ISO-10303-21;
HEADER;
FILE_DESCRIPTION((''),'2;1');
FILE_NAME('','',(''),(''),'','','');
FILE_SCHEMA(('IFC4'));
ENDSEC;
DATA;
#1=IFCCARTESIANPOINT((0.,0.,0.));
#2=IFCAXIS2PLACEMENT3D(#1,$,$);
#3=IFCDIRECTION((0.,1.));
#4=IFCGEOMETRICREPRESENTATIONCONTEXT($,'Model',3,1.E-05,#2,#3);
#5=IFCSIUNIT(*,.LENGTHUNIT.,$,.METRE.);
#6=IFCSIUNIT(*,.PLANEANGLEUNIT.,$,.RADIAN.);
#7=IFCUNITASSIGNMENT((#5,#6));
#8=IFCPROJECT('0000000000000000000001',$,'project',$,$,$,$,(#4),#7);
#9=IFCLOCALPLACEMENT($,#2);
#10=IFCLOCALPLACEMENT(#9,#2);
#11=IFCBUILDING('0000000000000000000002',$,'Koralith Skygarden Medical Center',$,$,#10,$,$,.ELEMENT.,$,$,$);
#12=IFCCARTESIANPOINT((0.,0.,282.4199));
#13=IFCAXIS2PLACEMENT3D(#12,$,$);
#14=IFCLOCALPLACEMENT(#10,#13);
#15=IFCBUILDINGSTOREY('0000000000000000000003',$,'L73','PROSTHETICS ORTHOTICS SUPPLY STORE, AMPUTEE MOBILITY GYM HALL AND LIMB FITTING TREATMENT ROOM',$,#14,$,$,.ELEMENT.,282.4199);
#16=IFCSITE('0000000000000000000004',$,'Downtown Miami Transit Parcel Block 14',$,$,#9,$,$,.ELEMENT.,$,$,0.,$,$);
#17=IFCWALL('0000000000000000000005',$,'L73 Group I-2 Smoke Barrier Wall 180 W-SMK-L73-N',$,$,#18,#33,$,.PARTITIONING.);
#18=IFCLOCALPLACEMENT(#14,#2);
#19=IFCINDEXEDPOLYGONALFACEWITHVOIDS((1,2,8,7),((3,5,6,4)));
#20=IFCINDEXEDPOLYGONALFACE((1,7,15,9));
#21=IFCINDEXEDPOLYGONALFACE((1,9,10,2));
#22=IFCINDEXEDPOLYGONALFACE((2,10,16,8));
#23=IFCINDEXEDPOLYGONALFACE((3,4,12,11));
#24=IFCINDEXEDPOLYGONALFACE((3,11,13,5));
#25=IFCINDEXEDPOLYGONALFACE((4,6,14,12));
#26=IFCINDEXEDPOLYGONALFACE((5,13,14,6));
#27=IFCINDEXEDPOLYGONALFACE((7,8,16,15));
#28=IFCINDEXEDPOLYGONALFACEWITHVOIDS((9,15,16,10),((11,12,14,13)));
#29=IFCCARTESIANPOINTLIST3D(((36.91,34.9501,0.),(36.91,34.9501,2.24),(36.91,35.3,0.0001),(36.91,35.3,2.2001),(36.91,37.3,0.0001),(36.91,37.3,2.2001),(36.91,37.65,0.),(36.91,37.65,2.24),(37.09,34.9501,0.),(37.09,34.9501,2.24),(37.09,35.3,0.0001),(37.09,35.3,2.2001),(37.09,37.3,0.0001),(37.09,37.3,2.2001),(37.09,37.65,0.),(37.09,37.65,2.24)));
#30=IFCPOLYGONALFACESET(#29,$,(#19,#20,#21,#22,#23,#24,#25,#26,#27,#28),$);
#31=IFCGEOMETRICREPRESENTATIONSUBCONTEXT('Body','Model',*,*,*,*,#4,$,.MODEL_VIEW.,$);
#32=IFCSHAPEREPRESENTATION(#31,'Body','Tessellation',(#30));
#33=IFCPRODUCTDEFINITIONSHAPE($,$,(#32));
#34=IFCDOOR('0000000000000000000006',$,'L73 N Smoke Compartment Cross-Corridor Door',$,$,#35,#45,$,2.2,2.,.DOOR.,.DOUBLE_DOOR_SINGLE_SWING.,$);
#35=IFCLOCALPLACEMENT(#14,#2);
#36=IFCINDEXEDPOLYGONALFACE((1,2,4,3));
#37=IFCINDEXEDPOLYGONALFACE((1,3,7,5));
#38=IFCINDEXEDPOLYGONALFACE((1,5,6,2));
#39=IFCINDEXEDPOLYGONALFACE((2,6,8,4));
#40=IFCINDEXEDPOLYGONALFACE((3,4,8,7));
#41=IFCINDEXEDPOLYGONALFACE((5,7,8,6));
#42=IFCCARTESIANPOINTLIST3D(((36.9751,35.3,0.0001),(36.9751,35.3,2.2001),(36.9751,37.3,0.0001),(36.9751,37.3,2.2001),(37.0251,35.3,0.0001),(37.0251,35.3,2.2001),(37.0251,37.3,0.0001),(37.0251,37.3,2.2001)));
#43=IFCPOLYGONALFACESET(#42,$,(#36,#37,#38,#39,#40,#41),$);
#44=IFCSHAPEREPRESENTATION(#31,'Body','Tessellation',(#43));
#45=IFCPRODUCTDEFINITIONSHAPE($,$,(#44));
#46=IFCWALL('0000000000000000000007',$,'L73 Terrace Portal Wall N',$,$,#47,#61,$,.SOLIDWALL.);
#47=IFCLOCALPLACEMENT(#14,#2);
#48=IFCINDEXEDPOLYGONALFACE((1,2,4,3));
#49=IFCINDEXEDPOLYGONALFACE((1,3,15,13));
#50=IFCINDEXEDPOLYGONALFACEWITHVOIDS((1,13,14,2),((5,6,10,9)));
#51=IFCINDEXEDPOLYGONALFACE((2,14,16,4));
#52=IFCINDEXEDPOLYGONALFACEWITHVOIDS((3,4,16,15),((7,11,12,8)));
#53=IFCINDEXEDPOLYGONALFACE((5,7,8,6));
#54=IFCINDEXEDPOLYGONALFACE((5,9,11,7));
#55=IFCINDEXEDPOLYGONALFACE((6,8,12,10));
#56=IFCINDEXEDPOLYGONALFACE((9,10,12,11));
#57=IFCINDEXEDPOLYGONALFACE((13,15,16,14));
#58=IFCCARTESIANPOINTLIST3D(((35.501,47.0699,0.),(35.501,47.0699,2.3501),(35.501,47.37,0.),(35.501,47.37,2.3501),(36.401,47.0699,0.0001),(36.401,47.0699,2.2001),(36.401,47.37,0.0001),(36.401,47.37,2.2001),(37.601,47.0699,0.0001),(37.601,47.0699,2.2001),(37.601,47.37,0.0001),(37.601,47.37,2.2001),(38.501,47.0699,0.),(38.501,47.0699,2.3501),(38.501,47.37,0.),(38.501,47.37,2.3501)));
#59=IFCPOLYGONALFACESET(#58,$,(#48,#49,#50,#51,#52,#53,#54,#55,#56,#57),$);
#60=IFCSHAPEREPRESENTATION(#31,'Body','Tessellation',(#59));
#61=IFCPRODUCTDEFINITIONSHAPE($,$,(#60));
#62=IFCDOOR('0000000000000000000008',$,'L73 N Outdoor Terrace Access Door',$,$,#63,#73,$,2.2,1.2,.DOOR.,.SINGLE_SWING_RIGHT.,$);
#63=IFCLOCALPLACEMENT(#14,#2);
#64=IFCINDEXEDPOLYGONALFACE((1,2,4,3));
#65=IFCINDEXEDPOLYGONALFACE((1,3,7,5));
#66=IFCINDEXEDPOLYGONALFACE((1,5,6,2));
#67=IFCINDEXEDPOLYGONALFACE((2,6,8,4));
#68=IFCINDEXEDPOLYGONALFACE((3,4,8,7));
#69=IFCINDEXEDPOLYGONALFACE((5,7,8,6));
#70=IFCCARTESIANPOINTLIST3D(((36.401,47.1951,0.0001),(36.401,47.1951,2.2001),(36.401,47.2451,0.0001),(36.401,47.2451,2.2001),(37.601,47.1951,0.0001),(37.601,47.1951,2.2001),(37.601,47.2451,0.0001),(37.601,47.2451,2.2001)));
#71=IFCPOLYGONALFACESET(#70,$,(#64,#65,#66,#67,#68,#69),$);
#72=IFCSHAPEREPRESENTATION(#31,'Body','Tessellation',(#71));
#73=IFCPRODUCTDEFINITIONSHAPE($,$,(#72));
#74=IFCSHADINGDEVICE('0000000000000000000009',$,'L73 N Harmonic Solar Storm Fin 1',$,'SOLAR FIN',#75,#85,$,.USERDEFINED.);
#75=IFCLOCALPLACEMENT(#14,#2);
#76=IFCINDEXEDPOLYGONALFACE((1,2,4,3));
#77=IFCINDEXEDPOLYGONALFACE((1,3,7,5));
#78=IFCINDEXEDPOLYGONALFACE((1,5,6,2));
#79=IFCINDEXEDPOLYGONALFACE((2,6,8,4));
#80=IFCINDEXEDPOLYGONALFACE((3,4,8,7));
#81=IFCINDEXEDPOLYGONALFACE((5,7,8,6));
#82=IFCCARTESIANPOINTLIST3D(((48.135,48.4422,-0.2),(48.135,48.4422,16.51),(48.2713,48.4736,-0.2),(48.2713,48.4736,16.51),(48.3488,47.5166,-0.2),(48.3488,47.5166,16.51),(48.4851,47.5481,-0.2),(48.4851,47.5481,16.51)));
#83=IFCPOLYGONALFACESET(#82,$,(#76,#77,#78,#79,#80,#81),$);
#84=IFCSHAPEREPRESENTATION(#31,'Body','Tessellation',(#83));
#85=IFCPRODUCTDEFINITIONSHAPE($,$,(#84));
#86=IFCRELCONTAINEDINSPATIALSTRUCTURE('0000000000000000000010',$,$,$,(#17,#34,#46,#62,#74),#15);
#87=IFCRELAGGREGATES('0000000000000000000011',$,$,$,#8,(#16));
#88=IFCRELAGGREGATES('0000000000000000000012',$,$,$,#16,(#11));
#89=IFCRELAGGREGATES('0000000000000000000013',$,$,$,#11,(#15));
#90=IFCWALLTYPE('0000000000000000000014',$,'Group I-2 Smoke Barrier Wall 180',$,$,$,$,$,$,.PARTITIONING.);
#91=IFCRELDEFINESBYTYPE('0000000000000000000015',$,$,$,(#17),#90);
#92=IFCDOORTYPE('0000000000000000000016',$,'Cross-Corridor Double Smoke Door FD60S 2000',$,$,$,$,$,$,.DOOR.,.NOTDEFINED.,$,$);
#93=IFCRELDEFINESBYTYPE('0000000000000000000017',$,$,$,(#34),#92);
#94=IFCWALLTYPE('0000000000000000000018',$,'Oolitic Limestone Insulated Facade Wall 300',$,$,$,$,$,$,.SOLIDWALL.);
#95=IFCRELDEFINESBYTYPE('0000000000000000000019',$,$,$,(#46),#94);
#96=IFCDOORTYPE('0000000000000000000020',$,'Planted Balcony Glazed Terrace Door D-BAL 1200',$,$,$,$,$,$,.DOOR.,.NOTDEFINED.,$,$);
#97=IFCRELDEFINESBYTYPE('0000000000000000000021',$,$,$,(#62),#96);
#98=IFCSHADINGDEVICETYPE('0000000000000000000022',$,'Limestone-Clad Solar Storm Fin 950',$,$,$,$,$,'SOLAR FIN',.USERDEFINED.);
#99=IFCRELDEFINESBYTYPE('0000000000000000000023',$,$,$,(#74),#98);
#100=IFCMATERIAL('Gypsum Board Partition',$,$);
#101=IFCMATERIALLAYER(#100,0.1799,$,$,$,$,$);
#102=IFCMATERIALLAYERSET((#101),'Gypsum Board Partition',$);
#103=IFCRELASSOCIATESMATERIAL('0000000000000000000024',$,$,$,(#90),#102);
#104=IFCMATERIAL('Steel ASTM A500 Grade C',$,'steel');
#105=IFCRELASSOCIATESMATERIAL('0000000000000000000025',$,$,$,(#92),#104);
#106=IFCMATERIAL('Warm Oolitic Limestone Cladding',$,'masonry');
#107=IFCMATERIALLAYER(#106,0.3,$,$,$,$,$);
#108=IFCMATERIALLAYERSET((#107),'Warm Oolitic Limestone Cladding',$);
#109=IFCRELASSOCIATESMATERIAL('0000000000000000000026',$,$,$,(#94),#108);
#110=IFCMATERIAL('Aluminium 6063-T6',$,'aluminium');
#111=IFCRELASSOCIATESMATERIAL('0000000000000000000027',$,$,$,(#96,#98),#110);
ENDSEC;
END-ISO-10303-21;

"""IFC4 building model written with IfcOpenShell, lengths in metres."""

from ifc_helpers import new_model, si_unit, direction, frame, frame_2d, origin, origin_2d, place, context, subcontext, project, spatial, rectangle, extrude, material, layer, layer_set, type_object, element, fill, save


model = new_model("IFC4")

# Units and contexts
model_context = context("Model", 3, precision=1e-05, world=origin(), true_north=direction((0.0, 1.0)))
body_context = subcontext(model_context, "Body", "Model", "MODEL_VIEW")
ifc_project = project(units=[si_unit("LENGTHUNIT", "METRE"), si_unit("PLANEANGLEUNIT", "RADIAN")], contexts=[model_context])

# Site, building, storey
site_placement = place(None, origin())
site = spatial("IfcSite", under=ifc_project, at=site_placement, Name="Downtown Miami Transit Parcel Block 14", CompositionType="ELEMENT", RefElevation=0.0)
building_placement = place(site_placement, origin())
building = spatial("IfcBuilding", under=site, at=building_placement, Name="Koralith Skygarden Medical Center", CompositionType="ELEMENT")
storey_placement = place(building_placement, frame((0.0, 0.0, 282.4199)))
storey = spatial("IfcBuildingStorey", under=building, at=storey_placement, Name="L73", Description="PROSTHETICS ORTHOTICS SUPPLY STORE, AMPUTEE MOBILITY GYM HALL AND LIMB FITTING TREATMENT ROOM", CompositionType="ELEMENT", Elevation=282.4199)

# Shared definitions
ifc_material_1 = material(Name="Aluminium 6063-T6", Category="aluminium")

# Shared definitions
ifc_material_2 = material(Name="Gypsum Board Partition")

# Walls, openings, doors
ifc_layer_1 = layer(ifc_material_2, 0.1799)
ifc_layer_set_1 = layer_set([ifc_layer_1], Name="Gypsum Board Partition")
wall_type_1 = type_object("IfcWallType", Name="Group I-2 Smoke Barrier Wall 180", PredefinedType="PARTITIONING", material=ifc_layer_set_1)
wall_1_placement = place(storey_placement, frame((37.0, 34.95, 0.0), z_axis=(0.0, 0.0, 1.0), x_axis=(0.0, 1.0, 0.0)))
wall_1 = element("IfcWall", 1, at=wall_1_placement, inside=storey, type_object=wall_type_1, Name="L73 Group I-2 Smoke Barrier Wall 180 W-SMK-L73-N", PredefinedType="PARTITIONING", context=body_context, shape_type="SweptSolid", body=[
    extrude(rectangle(XDim=2.7, YDim=0.1799, at=frame_2d((1.3501, 0.0))), origin(), (0.0, 0.0, 1.0), 2.24),
])
opening_1_placement = place(wall_1_placement, frame((0.3501, 0.0, 0.0)))
opening_1 = element("IfcOpeningElement", 2, at=opening_1_placement, cuts=wall_1, PredefinedType="OPENING", context=body_context, shape_type="SweptSolid", body=[
    extrude(rectangle(XDim=2.0, YDim=2.2, at=frame_2d((1.0, 1.1001))), frame((0.0, 0.0999, 0.0), z_axis=(0.0, -1.0, 0.0), x_axis=(1.0, 0.0, 0.0)), (0.0, 0.0, 1.0), 0.2),
])
ifc_material_3 = material(Name="Steel ASTM A500 Grade C", Category="steel")
door_type_1 = type_object("IfcDoorType", Name="Cross-Corridor Double Smoke Door FD60S 2000", OperationType="NOTDEFINED", PredefinedType="DOOR", material=ifc_material_3)
door_1_placement = place(opening_1_placement, origin())
door_1 = element("IfcDoor", 3, at=door_1_placement, inside=storey, type_object=door_type_1, Name="L73 N Smoke Compartment Cross-Corridor Door", OperationType="DOUBLE_DOOR_SINGLE_SWING", OverallHeight=2.2, OverallWidth=2.0, PredefinedType="DOOR", context=body_context, shape_type="SweptSolid", body=[
    extrude(rectangle(XDim=2.0, YDim=2.2, at=frame_2d((1.0, 1.1001))), frame((0.0, 0.0249, 0.0), z_axis=(0.0, -1.0, 0.0), x_axis=(1.0, 0.0, 0.0)), (0.0, 0.0, 1.0), 0.05),
])
fill(opening_1, door_1)
ifc_material_4 = material(Name="Warm Oolitic Limestone Cladding", Category="masonry")
ifc_layer_2 = layer(ifc_material_4, 0.3)
ifc_layer_set_2 = layer_set([ifc_layer_2], Name="Warm Oolitic Limestone Cladding")
wall_type_2 = type_object("IfcWallType", Name="Oolitic Limestone Insulated Facade Wall 300", PredefinedType="SOLIDWALL", material=ifc_layer_set_2)
wall_2_placement = place(storey_placement, frame((38.501, 47.22, 0.0), z_axis=(0.0, 0.0, 1.0), x_axis=(-1.0, 0.0, 0.0)))
wall_2 = element("IfcWall", 4, at=wall_2_placement, inside=storey, type_object=wall_type_2, Name="L73 Terrace Portal Wall N", PredefinedType="SOLIDWALL", context=body_context, shape_type="SweptSolid", body=[
    extrude(rectangle(XDim=3.0, YDim=0.3, at=frame_2d((1.5, 0.0))), origin(), (0.0, 0.0, 1.0), 2.3501),
])
opening_2_placement = place(wall_2_placement, frame((0.8999, 0.0, 0.0)))
opening_2 = element("IfcOpeningElement", 5, at=opening_2_placement, cuts=wall_2, PredefinedType="OPENING", context=body_context, shape_type="SweptSolid", body=[
    extrude(rectangle(XDim=1.2, YDim=2.2, at=frame_2d((0.6001, 1.1001))), frame((0.0, 0.1599, 0.0), z_axis=(0.0, -1.0, 0.0), x_axis=(1.0, 0.0, 0.0)), (0.0, 0.0, 1.0), 0.3201),
])
door_type_2 = type_object("IfcDoorType", Name="Planted Balcony Glazed Terrace Door D-BAL 1200", OperationType="NOTDEFINED", PredefinedType="DOOR", material=ifc_material_1)
door_2_placement = place(opening_2_placement, origin())
door_2 = element("IfcDoor", 6, at=door_2_placement, inside=storey, type_object=door_type_2, Name="L73 N Outdoor Terrace Access Door", OperationType="SINGLE_SWING_RIGHT", OverallHeight=2.2, OverallWidth=1.2, PredefinedType="DOOR", context=body_context, shape_type="SweptSolid", body=[
    extrude(rectangle(XDim=1.2, YDim=2.2, at=frame_2d((0.6001, 1.1001))), frame((0.0, 0.0249, 0.0), z_axis=(0.0, -1.0, 0.0), x_axis=(1.0, 0.0, 0.0)), (0.0, 0.0, 1.0), 0.05),
])
fill(opening_2, door_2)

# Shading device
shading_device_type_1 = type_object("IfcShadingDeviceType", Name="Limestone-Clad Solar Storm Fin 950", ElementType="SOLAR FIN", PredefinedType="USERDEFINED", material=ifc_material_1)
shading_device_1_placement = place(storey_placement, frame((48.3101, 47.9951, -0.2), z_axis=(0.0, 0.0, 1.0), x_axis=(-0.225053, 0.974347, 0.0)))
element("IfcShadingDevice", 7, at=shading_device_1_placement, inside=storey, type_object=shading_device_type_1, Name="L73 N Harmonic Solar Storm Fin 1", ObjectType="SOLAR FIN", PredefinedType="USERDEFINED", context=body_context, shape_type="SweptSolid", body=[
    extrude(rectangle(XDim=0.95, YDim=0.1399, at=origin_2d()), origin(), (0.0, 0.0, 1.0), 16.71),
])

save(model, "model.ifc")
